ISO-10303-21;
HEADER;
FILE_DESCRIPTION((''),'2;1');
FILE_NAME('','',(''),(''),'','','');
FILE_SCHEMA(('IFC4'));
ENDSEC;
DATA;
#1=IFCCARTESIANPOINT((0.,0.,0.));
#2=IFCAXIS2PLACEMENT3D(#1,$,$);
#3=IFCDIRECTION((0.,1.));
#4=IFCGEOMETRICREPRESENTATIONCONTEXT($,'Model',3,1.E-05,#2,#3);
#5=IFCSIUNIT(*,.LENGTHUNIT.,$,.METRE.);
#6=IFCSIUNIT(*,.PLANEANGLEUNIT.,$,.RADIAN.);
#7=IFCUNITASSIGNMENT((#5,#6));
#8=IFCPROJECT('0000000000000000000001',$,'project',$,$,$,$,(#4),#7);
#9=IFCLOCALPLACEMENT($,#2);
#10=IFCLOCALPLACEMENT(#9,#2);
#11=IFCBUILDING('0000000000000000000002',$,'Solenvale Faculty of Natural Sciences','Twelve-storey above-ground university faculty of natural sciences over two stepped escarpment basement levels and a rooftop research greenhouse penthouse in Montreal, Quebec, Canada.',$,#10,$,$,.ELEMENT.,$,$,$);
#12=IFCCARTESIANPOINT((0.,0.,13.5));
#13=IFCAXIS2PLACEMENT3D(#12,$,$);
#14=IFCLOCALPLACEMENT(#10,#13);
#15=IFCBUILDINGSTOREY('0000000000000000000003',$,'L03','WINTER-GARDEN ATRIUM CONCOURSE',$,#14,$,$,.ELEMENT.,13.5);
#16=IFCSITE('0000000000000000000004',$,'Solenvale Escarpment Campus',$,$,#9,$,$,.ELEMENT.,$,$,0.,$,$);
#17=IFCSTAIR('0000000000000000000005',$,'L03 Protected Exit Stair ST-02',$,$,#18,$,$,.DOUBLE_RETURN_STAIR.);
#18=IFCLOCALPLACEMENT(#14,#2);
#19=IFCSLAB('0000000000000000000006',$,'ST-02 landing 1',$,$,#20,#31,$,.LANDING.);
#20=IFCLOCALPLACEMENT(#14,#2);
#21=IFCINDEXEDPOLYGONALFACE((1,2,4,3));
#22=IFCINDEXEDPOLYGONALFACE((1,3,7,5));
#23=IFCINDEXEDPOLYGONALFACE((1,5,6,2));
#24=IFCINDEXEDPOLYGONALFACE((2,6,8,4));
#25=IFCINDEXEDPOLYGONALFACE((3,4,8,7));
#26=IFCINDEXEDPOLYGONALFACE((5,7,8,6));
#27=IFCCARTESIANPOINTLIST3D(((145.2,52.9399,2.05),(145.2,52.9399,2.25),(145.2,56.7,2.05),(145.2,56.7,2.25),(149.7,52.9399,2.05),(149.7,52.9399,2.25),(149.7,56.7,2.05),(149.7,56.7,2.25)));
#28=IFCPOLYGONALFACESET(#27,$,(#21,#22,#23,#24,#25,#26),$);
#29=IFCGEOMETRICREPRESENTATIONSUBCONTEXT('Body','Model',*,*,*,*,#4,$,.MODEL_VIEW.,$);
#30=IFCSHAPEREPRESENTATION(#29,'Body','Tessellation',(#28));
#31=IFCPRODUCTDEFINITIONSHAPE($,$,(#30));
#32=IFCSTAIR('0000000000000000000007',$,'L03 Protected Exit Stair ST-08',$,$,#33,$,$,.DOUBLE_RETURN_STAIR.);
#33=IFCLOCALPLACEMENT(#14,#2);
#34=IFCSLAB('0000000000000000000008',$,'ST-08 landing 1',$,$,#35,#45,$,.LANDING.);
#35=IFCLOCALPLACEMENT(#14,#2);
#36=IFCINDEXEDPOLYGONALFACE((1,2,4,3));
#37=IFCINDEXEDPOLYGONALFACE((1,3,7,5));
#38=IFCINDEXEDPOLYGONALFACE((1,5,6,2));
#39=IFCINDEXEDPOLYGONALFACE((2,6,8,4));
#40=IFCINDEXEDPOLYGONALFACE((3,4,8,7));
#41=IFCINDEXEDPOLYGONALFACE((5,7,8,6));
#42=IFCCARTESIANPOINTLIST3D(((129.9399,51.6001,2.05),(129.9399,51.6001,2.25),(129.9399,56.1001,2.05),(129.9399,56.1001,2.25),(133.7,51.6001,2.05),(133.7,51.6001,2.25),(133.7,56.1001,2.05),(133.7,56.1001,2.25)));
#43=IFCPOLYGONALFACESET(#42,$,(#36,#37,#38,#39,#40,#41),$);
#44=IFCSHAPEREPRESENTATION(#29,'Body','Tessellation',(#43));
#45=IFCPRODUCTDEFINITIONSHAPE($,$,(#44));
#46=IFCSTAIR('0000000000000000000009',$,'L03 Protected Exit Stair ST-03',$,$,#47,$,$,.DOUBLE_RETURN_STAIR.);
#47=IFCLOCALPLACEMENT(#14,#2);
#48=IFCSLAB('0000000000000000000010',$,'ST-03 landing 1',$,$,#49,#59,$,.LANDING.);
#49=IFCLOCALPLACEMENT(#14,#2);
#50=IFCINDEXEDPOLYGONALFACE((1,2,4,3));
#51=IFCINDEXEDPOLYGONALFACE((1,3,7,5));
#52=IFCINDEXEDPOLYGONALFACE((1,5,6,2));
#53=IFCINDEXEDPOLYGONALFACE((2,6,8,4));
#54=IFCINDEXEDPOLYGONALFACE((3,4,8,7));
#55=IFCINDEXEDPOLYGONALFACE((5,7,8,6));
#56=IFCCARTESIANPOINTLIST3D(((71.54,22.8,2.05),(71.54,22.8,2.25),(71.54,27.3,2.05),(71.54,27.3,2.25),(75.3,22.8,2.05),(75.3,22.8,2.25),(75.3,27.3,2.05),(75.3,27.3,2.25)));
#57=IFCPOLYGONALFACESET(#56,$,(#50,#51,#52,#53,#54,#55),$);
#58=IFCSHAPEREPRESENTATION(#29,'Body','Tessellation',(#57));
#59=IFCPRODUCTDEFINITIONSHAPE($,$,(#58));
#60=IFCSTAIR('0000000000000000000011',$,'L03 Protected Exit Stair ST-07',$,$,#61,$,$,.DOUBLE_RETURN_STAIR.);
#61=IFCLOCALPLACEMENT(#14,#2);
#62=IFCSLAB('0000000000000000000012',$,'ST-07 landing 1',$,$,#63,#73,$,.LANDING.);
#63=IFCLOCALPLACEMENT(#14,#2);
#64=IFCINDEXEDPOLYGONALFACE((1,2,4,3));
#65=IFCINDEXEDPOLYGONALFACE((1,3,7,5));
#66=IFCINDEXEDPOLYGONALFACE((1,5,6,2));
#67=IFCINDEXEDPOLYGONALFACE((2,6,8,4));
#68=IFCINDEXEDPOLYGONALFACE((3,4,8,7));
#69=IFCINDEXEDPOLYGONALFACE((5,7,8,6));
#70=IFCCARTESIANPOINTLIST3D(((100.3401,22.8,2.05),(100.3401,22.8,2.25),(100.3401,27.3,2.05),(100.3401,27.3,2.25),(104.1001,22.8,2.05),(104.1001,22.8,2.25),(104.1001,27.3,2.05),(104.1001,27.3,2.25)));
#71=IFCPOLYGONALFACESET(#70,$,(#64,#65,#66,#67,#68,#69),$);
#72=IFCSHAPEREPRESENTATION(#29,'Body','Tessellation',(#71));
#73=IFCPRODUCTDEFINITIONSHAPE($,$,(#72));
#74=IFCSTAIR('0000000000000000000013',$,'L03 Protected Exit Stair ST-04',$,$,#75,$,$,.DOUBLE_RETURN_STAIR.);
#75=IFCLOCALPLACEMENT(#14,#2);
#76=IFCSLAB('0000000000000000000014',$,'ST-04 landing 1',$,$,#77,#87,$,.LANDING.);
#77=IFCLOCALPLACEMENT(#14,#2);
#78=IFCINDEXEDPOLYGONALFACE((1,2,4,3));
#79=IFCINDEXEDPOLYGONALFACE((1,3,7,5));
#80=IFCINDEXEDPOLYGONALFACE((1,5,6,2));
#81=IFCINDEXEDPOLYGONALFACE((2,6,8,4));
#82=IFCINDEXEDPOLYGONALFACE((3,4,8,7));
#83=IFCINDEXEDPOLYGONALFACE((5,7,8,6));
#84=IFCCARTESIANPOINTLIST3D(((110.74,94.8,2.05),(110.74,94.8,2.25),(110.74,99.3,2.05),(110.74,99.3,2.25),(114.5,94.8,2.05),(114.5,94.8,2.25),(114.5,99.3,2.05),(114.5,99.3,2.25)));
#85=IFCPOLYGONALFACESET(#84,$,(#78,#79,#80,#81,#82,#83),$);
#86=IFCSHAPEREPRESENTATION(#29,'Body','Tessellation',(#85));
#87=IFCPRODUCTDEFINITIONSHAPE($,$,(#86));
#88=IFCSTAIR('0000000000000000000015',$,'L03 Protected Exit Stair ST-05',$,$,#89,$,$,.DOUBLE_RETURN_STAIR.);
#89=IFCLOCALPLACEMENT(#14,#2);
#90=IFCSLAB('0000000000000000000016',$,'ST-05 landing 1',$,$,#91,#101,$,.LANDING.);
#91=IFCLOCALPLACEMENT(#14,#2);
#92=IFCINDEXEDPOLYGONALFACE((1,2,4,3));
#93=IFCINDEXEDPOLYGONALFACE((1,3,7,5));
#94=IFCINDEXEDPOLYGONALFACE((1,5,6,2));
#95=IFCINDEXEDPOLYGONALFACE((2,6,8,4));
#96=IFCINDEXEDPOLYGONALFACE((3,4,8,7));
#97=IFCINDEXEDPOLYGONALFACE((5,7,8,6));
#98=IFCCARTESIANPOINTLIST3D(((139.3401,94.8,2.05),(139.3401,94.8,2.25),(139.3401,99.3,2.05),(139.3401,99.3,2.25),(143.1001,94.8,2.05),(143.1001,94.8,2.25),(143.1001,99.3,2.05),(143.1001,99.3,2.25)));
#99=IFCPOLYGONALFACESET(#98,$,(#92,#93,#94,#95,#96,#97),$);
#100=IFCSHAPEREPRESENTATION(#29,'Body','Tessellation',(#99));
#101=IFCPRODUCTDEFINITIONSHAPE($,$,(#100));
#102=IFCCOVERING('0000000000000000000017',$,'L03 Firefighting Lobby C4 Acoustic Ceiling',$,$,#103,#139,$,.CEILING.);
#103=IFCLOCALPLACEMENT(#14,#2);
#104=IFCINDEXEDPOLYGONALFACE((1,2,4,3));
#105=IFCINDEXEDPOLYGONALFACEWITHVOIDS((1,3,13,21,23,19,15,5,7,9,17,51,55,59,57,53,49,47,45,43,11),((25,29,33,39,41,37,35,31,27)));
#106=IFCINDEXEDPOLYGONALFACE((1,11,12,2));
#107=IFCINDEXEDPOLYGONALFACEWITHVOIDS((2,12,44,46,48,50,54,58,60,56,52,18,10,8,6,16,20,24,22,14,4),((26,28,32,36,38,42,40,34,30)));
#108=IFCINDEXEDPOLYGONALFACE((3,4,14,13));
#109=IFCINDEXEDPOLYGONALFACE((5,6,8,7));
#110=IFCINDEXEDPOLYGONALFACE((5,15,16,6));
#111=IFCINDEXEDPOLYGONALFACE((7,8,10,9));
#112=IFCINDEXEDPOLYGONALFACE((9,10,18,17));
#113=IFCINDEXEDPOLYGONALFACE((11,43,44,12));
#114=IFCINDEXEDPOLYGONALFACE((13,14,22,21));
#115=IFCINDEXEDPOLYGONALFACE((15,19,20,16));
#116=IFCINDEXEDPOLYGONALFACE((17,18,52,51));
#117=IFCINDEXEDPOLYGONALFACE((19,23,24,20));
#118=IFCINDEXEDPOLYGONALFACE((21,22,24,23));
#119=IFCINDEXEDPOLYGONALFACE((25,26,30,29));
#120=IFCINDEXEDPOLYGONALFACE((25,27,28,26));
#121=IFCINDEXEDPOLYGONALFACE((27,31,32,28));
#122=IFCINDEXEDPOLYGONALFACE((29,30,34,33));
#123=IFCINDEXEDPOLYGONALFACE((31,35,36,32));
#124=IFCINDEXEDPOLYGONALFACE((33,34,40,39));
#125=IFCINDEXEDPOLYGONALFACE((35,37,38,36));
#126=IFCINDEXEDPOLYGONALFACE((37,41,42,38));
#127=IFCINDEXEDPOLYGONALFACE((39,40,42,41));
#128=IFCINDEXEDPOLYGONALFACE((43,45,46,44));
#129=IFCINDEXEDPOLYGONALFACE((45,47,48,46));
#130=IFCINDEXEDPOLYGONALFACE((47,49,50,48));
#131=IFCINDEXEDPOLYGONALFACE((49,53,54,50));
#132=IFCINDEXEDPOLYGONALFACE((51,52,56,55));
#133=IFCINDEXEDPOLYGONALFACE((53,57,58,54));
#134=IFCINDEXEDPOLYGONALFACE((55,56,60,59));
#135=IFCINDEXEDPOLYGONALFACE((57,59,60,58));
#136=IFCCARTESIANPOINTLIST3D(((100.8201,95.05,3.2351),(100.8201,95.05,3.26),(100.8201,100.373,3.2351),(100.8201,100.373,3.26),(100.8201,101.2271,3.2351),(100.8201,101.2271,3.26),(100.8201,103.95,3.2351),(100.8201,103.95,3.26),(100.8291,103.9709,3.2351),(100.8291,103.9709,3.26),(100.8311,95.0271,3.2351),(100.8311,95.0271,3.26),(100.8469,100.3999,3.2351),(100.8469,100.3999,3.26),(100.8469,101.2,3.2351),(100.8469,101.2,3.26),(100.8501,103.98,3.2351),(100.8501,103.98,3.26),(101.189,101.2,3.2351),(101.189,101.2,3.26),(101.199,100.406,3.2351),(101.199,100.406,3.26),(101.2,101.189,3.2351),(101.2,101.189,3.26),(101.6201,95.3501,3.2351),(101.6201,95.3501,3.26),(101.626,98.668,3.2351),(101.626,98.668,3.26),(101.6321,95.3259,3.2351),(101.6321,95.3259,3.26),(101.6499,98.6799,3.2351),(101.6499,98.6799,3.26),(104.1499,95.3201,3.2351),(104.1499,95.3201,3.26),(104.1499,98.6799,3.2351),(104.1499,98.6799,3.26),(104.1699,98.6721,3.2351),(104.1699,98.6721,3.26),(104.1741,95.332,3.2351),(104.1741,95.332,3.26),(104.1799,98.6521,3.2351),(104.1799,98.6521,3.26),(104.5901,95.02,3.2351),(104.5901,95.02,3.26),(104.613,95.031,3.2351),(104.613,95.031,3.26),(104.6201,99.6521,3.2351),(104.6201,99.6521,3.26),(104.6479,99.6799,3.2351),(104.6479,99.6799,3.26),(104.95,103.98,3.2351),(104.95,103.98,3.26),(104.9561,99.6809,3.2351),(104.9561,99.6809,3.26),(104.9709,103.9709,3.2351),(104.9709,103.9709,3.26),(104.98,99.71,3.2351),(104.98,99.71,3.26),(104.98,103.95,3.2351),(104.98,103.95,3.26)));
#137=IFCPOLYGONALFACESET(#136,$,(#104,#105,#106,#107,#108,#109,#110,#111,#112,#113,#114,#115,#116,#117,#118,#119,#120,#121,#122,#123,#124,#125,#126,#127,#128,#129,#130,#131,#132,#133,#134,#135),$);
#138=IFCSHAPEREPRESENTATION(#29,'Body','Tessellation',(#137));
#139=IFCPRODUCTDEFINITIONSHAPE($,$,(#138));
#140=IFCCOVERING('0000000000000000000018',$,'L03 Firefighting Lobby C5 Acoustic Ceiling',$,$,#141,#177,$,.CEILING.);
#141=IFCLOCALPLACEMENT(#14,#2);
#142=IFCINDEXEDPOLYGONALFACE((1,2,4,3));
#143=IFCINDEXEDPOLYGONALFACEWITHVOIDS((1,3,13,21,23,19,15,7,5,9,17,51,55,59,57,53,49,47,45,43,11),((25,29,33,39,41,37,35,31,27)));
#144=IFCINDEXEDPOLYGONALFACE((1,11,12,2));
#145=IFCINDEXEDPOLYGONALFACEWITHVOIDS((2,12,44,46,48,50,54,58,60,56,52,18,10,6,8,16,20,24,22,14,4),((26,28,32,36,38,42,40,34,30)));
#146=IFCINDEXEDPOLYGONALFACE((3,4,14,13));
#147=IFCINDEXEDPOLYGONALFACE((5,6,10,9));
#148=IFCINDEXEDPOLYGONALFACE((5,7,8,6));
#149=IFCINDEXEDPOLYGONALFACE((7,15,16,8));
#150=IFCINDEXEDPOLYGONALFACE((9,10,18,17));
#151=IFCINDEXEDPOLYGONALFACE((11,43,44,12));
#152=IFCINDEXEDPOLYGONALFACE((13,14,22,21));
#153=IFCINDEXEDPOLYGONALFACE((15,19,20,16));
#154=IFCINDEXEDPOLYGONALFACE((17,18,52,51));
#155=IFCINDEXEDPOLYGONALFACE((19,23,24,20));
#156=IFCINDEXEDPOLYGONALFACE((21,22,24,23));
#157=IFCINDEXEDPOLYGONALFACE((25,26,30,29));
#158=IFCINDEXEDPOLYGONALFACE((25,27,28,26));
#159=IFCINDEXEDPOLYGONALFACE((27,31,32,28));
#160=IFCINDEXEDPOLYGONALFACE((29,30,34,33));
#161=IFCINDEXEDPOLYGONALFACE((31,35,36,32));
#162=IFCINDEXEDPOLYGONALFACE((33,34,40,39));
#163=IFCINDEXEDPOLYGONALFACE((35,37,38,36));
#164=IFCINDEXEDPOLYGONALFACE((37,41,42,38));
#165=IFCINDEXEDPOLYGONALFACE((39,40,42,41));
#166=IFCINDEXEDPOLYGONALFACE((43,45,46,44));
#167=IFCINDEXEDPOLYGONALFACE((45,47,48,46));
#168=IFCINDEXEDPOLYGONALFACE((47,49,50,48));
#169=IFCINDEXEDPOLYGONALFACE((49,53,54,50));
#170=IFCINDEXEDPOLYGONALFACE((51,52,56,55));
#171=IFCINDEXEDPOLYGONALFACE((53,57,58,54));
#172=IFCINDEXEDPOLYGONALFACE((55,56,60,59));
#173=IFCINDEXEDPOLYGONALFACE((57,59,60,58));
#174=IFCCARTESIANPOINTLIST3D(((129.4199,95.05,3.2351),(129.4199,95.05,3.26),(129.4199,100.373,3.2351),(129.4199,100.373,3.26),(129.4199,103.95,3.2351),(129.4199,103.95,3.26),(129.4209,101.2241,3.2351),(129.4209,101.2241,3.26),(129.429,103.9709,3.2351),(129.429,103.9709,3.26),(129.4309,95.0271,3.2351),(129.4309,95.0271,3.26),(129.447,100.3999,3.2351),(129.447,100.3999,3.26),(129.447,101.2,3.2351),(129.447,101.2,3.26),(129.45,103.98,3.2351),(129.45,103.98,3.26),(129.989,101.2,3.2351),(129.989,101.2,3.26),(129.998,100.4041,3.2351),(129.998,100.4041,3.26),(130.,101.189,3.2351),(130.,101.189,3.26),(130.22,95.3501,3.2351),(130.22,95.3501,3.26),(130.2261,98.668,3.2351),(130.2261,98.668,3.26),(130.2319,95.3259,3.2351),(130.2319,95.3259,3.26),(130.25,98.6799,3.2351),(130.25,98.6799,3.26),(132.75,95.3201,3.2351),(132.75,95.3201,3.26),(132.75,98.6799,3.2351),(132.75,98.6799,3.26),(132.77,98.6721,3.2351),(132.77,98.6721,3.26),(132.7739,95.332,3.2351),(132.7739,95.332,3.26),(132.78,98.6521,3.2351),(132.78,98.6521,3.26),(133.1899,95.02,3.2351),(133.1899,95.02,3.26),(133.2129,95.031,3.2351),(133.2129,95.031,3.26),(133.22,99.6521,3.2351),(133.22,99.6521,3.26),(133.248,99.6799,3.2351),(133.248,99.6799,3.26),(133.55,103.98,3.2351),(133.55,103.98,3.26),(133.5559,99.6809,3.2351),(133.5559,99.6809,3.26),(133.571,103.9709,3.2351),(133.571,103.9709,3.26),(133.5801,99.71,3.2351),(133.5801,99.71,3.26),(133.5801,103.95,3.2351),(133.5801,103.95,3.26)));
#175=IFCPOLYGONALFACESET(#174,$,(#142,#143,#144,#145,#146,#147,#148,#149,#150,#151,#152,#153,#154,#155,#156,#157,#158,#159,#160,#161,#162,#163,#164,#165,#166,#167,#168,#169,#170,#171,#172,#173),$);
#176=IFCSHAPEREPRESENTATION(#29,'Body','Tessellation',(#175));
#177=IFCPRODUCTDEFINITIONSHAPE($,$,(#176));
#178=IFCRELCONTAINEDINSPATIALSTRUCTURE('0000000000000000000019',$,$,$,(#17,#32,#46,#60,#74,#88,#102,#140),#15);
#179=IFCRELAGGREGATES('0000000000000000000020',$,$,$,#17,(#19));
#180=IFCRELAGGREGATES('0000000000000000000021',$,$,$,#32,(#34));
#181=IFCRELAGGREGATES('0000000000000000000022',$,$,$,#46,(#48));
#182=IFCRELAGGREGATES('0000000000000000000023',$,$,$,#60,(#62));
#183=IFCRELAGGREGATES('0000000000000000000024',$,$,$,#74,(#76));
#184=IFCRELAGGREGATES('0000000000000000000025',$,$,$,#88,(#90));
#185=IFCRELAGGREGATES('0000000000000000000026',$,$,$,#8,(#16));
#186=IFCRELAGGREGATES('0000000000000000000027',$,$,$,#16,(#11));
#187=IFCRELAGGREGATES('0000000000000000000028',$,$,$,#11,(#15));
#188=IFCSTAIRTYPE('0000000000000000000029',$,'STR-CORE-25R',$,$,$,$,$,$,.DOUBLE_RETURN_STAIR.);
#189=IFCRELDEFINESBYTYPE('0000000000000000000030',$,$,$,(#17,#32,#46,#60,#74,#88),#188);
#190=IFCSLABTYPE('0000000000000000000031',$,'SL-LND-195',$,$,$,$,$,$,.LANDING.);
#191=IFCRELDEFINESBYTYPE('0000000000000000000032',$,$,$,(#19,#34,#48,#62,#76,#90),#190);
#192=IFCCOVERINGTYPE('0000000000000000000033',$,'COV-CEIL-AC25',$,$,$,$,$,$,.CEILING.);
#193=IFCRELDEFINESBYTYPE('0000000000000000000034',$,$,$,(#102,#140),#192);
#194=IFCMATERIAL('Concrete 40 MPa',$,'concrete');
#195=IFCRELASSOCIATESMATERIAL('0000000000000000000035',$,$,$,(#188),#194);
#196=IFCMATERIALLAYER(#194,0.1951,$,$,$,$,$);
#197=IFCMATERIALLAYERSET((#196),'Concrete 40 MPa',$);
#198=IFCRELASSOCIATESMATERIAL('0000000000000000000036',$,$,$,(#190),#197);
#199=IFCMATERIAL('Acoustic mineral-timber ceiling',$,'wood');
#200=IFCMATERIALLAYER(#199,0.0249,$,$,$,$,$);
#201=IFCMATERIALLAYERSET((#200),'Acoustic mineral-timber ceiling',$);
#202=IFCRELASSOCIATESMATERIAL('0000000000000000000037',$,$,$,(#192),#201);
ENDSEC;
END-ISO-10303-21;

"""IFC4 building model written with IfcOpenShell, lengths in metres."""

from ifc_helpers import new_model, si_unit, direction, frame, origin, place, context, subcontext, project, spatial, polyline, outline, extrude, material, layer, layer_set, type_object, element, aggregate, save


model = new_model("IFC4")

# Units and contexts
model_context = context("Model", 3, precision=1e-05, world=origin(), true_north=direction((0.0, 1.0)))
body_context = subcontext(model_context, "Body", "Model", "MODEL_VIEW")
ifc_project = project(units=[si_unit("LENGTHUNIT", "METRE"), si_unit("PLANEANGLEUNIT", "RADIAN")], contexts=[model_context])

# Site, building, storey
site_placement = place(None, origin())
site = spatial("IfcSite", under=ifc_project, at=site_placement, Name="Solenvale Escarpment Campus", CompositionType="ELEMENT", RefElevation=0.0)
building_placement = place(site_placement, origin())
building = spatial("IfcBuilding", under=site, at=building_placement, Name="Solenvale Faculty of Natural Sciences", Description="Twelve-storey above-ground university faculty of natural sciences over two stepped escarpment basement levels and a rooftop research greenhouse penthouse in Montreal, Quebec, Canada.", CompositionType="ELEMENT")
storey_placement = place(building_placement, frame((0.0, 0.0, 13.5)))
storey = spatial("IfcBuildingStorey", under=building, at=storey_placement, Name="L03", Description="WINTER-GARDEN ATRIUM CONCOURSE", CompositionType="ELEMENT", Elevation=13.5)

# Stairs, slabs
ifc_material_1 = material(Name="Concrete 40 MPa", Category="concrete")
stair_type = type_object("IfcStairType", Name="STR-CORE-25R", PredefinedType="DOUBLE_RETURN_STAIR", material=ifc_material_1)
stair_1_placement = place(storey_placement, origin())
stair_1 = element("IfcStair", 1, at=stair_1_placement, inside=storey, type_object=stair_type, Name="L03 Protected Exit Stair ST-02", PredefinedType="DOUBLE_RETURN_STAIR")
ifc_layer_1 = layer(ifc_material_1, 0.1951)
ifc_layer_set_1 = layer_set([ifc_layer_1], Name="Concrete 40 MPa")
slab_type = type_object("IfcSlabType", Name="SL-LND-195", PredefinedType="LANDING", material=ifc_layer_set_1)
slab_1_placement = place(storey_placement, frame((0.0, 0.0, 2.05)))
slab_1 = element("IfcSlab", 2, at=slab_1_placement, type_object=slab_type, Name="ST-02 landing 1", PredefinedType="LANDING", context=body_context, shape_type="SweptSolid", body=[
    extrude(outline(polyline([(149.7, 52.9399), (149.7, 56.7), (145.2, 56.7), (145.2, 52.9399), (149.7, 52.9399)])), origin(), (0.0, 0.0, 1.0), 0.2),
])
aggregate(stair_1, [slab_1])
stair_2_placement = place(storey_placement, origin())
stair_2 = element("IfcStair", 3, at=stair_2_placement, inside=storey, type_object=stair_type, Name="L03 Protected Exit Stair ST-08", PredefinedType="DOUBLE_RETURN_STAIR")
slab_2_placement = place(storey_placement, frame((0.0, 0.0, 2.05)))
slab_2 = element("IfcSlab", 4, at=slab_2_placement, type_object=slab_type, Name="ST-08 landing 1", PredefinedType="LANDING", context=body_context, shape_type="SweptSolid", body=[
    extrude(outline(polyline([(129.9399, 51.6001), (133.7, 51.6001), (133.7, 56.1001), (129.9399, 56.1001), (129.9399, 51.6001)])), origin(), (0.0, 0.0, 1.0), 0.2),
])
aggregate(stair_2, [slab_2])
stair_3_placement = place(storey_placement, origin())
stair_3 = element("IfcStair", 5, at=stair_3_placement, inside=storey, type_object=stair_type, Name="L03 Protected Exit Stair ST-03", PredefinedType="DOUBLE_RETURN_STAIR")
slab_3_placement = place(storey_placement, frame((0.0, 0.0, 2.05)))
slab_3 = element("IfcSlab", 6, at=slab_3_placement, type_object=slab_type, Name="ST-03 landing 1", PredefinedType="LANDING", context=body_context, shape_type="SweptSolid", body=[
    extrude(outline(polyline([(71.54, 22.8), (75.3, 22.8), (75.3, 27.3), (71.54, 27.3), (71.54, 22.8)])), origin(), (0.0, 0.0, 1.0), 0.2),
])
aggregate(stair_3, [slab_3])
stair_4_placement = place(storey_placement, origin())
stair_4 = element("IfcStair", 7, at=stair_4_placement, inside=storey, type_object=stair_type, Name="L03 Protected Exit Stair ST-07", PredefinedType="DOUBLE_RETURN_STAIR")
slab_4_placement = place(storey_placement, frame((0.0, 0.0, 2.05)))
slab_4 = element("IfcSlab", 8, at=slab_4_placement, type_object=slab_type, Name="ST-07 landing 1", PredefinedType="LANDING", context=body_context, shape_type="SweptSolid", body=[
    extrude(outline(polyline([(100.3401, 22.8), (104.1001, 22.8), (104.1001, 27.3), (100.3401, 27.3), (100.3401, 22.8)])), origin(), (0.0, 0.0, 1.0), 0.2),
])
aggregate(stair_4, [slab_4])
stair_5_placement = place(storey_placement, origin())
stair_5 = element("IfcStair", 9, at=stair_5_placement, inside=storey, type_object=stair_type, Name="L03 Protected Exit Stair ST-04", PredefinedType="DOUBLE_RETURN_STAIR")
slab_5_placement = place(storey_placement, frame((0.0, 0.0, 2.05)))
slab_5 = element("IfcSlab", 10, at=slab_5_placement, type_object=slab_type, Name="ST-04 landing 1", PredefinedType="LANDING", context=body_context, shape_type="SweptSolid", body=[
    extrude(outline(polyline([(110.74, 94.8), (114.5, 94.8), (114.5, 99.3), (110.74, 99.3), (110.74, 94.8)])), origin(), (0.0, 0.0, 1.0), 0.2),
])
aggregate(stair_5, [slab_5])
stair_6_placement = place(storey_placement, origin())
stair_6 = element("IfcStair", 11, at=stair_6_placement, inside=storey, type_object=stair_type, Name="L03 Protected Exit Stair ST-05", PredefinedType="DOUBLE_RETURN_STAIR")
slab_6_placement = place(storey_placement, frame((0.0, 0.0, 2.05)))
slab_6 = element("IfcSlab", 12, at=slab_6_placement, type_object=slab_type, Name="ST-05 landing 1", PredefinedType="LANDING", context=body_context, shape_type="SweptSolid", body=[
    extrude(outline(polyline([(139.3401, 94.8), (143.1001, 94.8), (143.1001, 99.3), (139.3401, 99.3), (139.3401, 94.8)])), origin(), (0.0, 0.0, 1.0), 0.2),
])
aggregate(stair_6, [slab_6])

# Coverings
ifc_material_2 = material(Name="Acoustic mineral-timber ceiling", Category="wood")
ifc_layer_2 = layer(ifc_material_2, 0.0249)
ifc_layer_set_2 = layer_set([ifc_layer_2], Name="Acoustic mineral-timber ceiling")
covering_type_1 = type_object("IfcCoveringType", Name="COV-CEIL-AC25", PredefinedType="CEILING", material=ifc_layer_set_2)
covering_1_placement = place(storey_placement, frame((0.0, 0.0, 3.2351)))
element("IfcCovering", 13, at=covering_1_placement, inside=storey, type_object=covering_type_1, Name="L03 Firefighting Lobby C4 Acoustic Ceiling", PredefinedType="CEILING", context=body_context, shape_type="SweptSolid", body=[
    extrude(outline(polyline([(104.98, 99.71), (104.9561, 99.6809), (104.6479, 99.6799), (104.6201, 99.6521), (104.613, 95.031), (104.5901, 95.02), (100.8311, 95.0271), (100.8201, 95.05), (100.8201, 100.373), (100.8469, 100.3999), (101.199, 100.406), (101.2, 101.189), (101.189, 101.2), (100.8469, 101.2), (100.8201, 101.2271), (100.8201, 103.95), (100.8291, 103.9709), (100.8501, 103.98), (104.95, 103.98), (104.9709, 103.9709), (104.98, 103.95), (104.98, 99.71)]), holes=[polyline([(104.1799, 98.6521), (104.1699, 98.6721), (104.1499, 98.6799), (101.6499, 98.6799), (101.626, 98.668), (101.6201, 95.3501), (101.6321, 95.3259), (104.1499, 95.3201), (104.1741, 95.332), (104.1799, 98.6521)])]), origin(), (0.0, 0.0, 1.0), 0.0249),
])
covering_2_placement = place(storey_placement, frame((0.0, 0.0, 3.2351)))
element("IfcCovering", 14, at=covering_2_placement, inside=storey, type_object=covering_type_1, Name="L03 Firefighting Lobby C5 Acoustic Ceiling", PredefinedType="CEILING", context=body_context, shape_type="SweptSolid", body=[
    extrude(outline(polyline([(133.5801, 99.71), (133.5559, 99.6809), (133.248, 99.6799), (133.22, 99.6521), (133.2129, 95.031), (133.1899, 95.02), (129.4309, 95.0271), (129.4199, 95.05), (129.4199, 100.373), (129.447, 100.3999), (129.998, 100.4041), (130.0, 101.189), (129.989, 101.2), (129.447, 101.2), (129.4209, 101.2241), (129.4199, 103.95), (129.429, 103.9709), (129.45, 103.98), (133.55, 103.98), (133.571, 103.9709), (133.5801, 103.95), (133.5801, 99.71)]), holes=[polyline([(132.78, 98.6521), (132.77, 98.6721), (132.75, 98.6799), (130.25, 98.6799), (130.2261, 98.668), (130.22, 95.3501), (130.2319, 95.3259), (132.75, 95.3201), (132.7739, 95.332), (132.78, 98.6521)])]), origin(), (0.0, 0.0, 1.0), 0.0249),
])

save(model, "model.ifc")
